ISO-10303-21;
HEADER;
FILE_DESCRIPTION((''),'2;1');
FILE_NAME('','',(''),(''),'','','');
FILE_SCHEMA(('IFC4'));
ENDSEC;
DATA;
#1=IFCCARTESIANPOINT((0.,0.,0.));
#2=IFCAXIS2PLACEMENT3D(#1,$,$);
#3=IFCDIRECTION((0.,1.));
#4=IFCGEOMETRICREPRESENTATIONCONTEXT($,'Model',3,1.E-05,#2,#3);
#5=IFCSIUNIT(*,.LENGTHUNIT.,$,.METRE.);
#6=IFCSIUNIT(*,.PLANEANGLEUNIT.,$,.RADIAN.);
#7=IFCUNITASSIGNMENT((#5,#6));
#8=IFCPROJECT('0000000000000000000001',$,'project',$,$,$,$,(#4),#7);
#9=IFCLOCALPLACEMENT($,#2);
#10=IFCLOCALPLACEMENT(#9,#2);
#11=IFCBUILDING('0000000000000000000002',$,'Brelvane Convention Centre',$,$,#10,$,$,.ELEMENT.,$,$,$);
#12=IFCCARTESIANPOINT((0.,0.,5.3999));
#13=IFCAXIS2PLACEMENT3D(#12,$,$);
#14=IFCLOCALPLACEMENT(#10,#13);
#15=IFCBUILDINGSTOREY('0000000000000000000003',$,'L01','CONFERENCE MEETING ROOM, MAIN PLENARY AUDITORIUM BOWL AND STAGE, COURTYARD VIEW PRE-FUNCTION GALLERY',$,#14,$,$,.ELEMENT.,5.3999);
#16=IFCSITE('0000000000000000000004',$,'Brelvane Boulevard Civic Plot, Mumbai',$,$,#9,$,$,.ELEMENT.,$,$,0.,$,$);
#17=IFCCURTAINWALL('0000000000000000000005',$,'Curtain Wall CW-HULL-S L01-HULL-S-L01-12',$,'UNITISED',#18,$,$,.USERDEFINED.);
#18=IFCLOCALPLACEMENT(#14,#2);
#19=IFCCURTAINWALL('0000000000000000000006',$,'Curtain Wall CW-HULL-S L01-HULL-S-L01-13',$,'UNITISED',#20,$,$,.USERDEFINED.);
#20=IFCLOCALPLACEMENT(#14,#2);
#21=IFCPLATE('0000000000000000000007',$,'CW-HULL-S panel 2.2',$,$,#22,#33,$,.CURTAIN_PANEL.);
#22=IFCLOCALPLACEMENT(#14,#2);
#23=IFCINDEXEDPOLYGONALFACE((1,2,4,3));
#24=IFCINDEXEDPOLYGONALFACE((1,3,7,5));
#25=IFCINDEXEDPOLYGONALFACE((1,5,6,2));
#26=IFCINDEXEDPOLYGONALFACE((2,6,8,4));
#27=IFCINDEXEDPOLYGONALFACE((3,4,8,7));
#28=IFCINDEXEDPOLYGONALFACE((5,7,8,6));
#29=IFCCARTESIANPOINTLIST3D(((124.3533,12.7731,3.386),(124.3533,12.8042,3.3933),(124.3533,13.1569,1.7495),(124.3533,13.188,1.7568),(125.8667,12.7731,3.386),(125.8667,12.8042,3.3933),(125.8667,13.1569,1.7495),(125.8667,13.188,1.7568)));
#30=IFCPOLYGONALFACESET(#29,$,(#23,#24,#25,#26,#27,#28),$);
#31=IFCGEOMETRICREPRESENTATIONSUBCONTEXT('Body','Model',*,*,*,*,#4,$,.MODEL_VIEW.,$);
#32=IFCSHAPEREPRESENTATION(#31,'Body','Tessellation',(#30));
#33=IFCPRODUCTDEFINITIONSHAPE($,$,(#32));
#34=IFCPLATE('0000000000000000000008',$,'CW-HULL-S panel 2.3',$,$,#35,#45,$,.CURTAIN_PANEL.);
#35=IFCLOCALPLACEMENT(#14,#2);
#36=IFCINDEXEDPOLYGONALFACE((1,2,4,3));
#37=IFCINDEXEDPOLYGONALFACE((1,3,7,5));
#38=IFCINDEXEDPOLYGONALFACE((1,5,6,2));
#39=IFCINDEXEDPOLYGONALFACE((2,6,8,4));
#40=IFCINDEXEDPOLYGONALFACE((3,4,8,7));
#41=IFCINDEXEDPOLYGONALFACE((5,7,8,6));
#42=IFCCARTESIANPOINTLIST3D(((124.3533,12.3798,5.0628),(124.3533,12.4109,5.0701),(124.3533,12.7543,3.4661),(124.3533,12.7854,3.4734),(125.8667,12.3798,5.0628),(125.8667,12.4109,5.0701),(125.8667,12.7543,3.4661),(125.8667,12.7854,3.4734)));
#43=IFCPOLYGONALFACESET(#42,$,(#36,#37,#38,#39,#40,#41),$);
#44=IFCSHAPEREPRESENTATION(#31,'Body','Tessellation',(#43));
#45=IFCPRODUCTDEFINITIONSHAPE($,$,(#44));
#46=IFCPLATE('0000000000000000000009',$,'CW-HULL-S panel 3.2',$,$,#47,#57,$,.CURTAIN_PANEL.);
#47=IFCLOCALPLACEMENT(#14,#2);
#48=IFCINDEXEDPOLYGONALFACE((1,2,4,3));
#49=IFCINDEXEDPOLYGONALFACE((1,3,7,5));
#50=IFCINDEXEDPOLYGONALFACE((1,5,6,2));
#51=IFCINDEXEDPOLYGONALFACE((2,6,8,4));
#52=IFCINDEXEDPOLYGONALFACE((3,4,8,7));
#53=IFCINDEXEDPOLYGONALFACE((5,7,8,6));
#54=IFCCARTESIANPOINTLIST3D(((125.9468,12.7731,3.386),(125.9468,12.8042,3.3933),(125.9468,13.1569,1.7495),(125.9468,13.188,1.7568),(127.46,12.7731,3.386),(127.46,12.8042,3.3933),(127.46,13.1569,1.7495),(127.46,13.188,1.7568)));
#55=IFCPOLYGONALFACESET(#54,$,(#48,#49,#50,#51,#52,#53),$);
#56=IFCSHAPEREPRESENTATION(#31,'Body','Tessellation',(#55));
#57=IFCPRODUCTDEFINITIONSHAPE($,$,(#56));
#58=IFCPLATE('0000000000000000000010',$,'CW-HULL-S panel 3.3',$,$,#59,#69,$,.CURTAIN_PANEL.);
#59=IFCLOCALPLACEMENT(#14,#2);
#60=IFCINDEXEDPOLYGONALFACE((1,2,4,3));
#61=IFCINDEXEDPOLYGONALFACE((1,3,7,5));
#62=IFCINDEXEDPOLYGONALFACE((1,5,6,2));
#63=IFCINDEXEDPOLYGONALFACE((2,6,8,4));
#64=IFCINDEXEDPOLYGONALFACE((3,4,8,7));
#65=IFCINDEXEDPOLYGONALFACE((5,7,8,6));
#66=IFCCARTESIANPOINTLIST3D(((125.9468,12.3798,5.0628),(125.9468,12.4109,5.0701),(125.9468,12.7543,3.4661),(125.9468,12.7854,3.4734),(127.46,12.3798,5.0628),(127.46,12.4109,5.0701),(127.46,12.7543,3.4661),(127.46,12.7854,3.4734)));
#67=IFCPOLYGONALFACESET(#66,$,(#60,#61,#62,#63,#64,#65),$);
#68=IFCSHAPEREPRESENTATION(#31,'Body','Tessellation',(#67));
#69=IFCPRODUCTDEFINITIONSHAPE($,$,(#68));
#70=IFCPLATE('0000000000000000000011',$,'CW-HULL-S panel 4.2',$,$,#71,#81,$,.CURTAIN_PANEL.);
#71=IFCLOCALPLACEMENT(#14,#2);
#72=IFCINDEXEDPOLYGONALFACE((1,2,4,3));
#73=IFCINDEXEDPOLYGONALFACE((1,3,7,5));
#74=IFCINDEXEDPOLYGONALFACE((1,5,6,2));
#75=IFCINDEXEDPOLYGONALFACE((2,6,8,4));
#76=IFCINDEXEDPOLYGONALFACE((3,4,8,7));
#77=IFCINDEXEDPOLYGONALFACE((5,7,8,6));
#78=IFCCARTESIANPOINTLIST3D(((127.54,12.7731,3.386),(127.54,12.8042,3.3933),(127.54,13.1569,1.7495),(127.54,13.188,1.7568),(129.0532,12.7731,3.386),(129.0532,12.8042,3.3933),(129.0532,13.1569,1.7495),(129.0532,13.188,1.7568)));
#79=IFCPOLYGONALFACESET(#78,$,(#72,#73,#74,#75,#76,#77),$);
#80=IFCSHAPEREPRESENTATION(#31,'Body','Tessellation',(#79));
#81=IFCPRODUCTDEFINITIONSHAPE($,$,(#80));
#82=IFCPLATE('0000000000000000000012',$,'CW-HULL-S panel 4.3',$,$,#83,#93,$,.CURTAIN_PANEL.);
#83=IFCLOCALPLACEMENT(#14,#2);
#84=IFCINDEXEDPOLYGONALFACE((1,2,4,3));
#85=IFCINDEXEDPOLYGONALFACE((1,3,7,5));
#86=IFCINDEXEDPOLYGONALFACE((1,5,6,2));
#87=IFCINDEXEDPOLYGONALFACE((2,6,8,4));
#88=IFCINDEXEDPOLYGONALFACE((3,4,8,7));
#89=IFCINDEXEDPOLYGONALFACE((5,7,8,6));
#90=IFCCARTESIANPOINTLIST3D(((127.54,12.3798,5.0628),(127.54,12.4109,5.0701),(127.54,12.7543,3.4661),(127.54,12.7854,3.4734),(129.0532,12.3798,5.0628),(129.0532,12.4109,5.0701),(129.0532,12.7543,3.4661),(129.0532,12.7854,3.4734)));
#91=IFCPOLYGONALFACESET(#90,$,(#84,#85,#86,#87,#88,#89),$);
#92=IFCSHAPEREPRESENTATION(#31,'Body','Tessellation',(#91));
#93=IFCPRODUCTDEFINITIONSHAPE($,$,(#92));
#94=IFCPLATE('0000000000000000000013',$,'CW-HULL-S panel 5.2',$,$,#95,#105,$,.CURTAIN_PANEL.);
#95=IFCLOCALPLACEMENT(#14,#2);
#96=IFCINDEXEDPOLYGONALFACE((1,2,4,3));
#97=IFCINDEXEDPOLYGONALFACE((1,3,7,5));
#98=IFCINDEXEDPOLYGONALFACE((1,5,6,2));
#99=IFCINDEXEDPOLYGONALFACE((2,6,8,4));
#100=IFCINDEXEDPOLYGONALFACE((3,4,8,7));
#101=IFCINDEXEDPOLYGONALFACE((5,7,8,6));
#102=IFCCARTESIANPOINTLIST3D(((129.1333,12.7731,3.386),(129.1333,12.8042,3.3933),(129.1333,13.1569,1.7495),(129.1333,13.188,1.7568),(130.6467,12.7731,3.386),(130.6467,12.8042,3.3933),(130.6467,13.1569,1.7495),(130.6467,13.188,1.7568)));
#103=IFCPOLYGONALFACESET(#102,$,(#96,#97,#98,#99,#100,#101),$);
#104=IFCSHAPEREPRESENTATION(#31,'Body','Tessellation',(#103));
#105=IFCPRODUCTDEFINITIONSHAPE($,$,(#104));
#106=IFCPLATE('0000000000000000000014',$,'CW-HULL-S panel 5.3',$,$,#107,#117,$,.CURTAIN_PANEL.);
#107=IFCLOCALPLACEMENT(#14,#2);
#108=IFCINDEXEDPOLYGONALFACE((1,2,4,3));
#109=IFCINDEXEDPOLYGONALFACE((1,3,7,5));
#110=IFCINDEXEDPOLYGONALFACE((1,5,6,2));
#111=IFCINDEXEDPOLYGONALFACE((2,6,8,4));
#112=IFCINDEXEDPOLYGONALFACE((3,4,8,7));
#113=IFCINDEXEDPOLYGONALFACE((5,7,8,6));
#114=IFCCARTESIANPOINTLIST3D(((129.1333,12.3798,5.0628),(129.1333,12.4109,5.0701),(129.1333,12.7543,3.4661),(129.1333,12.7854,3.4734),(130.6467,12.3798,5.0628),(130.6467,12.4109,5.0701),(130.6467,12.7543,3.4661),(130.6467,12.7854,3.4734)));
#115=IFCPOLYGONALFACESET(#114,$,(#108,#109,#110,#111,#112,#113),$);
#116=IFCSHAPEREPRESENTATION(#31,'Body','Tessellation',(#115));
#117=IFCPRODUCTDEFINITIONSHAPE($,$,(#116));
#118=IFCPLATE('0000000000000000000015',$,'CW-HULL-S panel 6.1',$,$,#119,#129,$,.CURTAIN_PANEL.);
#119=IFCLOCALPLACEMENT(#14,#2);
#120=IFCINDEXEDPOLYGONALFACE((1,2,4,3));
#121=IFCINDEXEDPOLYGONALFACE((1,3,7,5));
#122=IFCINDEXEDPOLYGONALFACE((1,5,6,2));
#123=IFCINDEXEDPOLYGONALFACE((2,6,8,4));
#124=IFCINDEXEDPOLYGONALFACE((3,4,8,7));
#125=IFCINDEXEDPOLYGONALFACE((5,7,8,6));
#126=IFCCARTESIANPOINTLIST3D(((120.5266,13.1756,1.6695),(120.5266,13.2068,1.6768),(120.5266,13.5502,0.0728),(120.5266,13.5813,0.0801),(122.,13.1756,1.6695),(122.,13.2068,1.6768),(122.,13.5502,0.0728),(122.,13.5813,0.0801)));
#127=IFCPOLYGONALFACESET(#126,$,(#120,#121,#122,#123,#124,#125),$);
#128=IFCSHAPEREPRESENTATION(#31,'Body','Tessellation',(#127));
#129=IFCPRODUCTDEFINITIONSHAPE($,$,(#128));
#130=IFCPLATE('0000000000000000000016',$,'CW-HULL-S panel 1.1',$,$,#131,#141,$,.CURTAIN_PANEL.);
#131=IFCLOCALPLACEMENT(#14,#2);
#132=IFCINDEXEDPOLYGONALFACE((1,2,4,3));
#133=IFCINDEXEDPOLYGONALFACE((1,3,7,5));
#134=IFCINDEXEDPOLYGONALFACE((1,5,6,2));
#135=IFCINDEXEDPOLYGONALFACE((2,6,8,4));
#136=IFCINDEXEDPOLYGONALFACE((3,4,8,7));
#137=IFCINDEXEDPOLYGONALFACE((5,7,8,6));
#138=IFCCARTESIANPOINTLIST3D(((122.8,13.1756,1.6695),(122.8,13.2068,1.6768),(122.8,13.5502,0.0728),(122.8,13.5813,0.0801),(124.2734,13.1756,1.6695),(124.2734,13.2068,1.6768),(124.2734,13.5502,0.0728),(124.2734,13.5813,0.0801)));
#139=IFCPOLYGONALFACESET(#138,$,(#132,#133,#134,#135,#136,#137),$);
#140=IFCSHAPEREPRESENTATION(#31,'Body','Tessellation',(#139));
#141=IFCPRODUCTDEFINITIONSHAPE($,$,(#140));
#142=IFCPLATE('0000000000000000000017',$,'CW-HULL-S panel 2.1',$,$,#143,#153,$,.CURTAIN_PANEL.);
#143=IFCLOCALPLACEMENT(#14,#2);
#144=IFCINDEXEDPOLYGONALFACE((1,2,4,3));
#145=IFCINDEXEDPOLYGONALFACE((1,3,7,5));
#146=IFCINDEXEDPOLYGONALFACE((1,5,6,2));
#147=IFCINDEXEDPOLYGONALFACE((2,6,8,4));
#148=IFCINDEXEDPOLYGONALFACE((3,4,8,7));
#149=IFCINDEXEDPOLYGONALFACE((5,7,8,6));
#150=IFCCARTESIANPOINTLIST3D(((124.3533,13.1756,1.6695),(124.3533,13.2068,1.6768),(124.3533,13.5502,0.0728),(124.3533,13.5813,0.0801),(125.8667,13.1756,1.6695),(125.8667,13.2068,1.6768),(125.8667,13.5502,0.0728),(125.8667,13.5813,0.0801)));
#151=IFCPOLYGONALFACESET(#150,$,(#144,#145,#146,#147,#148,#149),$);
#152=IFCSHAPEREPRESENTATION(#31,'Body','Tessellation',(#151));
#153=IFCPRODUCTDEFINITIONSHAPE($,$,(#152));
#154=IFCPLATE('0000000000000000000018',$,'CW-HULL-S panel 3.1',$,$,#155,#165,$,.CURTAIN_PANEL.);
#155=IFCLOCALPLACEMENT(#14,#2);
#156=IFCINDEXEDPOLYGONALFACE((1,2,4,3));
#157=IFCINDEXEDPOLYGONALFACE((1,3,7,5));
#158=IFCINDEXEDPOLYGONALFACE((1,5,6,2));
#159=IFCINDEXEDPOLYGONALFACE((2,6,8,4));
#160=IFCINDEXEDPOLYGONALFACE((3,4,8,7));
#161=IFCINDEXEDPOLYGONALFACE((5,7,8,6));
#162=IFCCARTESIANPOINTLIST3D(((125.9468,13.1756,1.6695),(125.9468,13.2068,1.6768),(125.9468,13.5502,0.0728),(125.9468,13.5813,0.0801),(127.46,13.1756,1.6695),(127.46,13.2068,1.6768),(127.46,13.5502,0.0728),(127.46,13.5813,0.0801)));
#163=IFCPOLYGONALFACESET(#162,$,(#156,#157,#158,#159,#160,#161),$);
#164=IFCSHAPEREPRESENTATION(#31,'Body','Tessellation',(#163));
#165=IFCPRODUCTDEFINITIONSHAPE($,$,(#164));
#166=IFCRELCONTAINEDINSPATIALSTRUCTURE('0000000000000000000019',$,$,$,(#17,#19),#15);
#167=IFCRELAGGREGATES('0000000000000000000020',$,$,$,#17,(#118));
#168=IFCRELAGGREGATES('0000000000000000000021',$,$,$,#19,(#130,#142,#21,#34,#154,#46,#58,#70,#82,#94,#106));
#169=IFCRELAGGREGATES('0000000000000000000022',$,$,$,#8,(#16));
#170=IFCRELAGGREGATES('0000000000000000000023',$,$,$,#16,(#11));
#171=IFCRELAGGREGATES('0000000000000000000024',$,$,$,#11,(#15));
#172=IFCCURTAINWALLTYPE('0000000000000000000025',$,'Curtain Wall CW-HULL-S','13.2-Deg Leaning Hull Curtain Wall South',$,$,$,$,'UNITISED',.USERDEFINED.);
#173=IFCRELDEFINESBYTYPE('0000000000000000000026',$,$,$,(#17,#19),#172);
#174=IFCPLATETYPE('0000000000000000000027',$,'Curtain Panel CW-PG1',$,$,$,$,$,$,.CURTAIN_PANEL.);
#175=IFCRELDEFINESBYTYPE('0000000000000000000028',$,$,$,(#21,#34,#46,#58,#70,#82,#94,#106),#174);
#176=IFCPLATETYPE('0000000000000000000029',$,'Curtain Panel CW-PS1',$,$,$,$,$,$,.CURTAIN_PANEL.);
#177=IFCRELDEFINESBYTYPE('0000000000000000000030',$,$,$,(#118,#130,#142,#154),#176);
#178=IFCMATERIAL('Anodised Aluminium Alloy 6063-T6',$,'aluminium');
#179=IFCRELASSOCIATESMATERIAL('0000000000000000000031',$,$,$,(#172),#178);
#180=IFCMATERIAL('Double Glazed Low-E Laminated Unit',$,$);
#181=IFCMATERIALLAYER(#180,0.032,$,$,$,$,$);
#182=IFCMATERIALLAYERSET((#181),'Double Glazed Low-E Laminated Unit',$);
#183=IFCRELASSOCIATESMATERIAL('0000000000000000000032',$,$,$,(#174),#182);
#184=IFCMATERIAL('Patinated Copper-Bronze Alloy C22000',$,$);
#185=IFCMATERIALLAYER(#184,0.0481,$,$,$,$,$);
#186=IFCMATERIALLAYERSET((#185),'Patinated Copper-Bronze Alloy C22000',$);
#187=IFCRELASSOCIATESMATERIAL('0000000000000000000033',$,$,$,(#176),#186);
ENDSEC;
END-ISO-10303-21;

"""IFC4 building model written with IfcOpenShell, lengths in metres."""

from ifc_helpers import new_model, si_unit, direction, frame, origin, place, context, subcontext, project, spatial, polyline, outline, extrude, material, layer, layer_set, type_object, element, aggregate, save


model = new_model("IFC4")

# Units and contexts
model_context = context("Model", 3, precision=1e-05, world=origin(), true_north=direction((0.0, 1.0)))
body_context = subcontext(model_context, "Body", "Model", "MODEL_VIEW")
ifc_project = project(units=[si_unit("LENGTHUNIT", "METRE"), si_unit("PLANEANGLEUNIT", "RADIAN")], contexts=[model_context])

# Site, building, storey
site_placement = place(None, origin())
site = spatial("IfcSite", under=ifc_project, at=site_placement, Name="Brelvane Boulevard Civic Plot, Mumbai", CompositionType="ELEMENT", RefElevation=0.0)
building_placement = place(site_placement, origin())
building = spatial("IfcBuilding", under=site, at=building_placement, Name="Brelvane Convention Centre", CompositionType="ELEMENT")
storey_placement = place(building_placement, frame((0.0, 0.0, 5.3999)))
storey = spatial("IfcBuildingStorey", under=building, at=storey_placement, Name="L01", Description="CONFERENCE MEETING ROOM, MAIN PLENARY AUDITORIUM BOWL AND STAGE, COURTYARD VIEW PRE-FUNCTION GALLERY", CompositionType="ELEMENT", Elevation=5.3999)

# Curtain walls
ifc_material_1 = material(Name="Anodised Aluminium Alloy 6063-T6", Category="aluminium")
curtain_wall_type = type_object("IfcCurtainWallType", Name="Curtain Wall CW-HULL-S", Description="13.2-Deg Leaning Hull Curtain Wall South", ElementType="UNITISED", PredefinedType="USERDEFINED", material=ifc_material_1)
curtain_wall_1_placement = place(storey_placement, origin())
curtain_wall_1 = element("IfcCurtainWall", 1, at=curtain_wall_1_placement, inside=storey, type_object=curtain_wall_type, Name="Curtain Wall CW-HULL-S L01-HULL-S-L01-12", ObjectType="UNITISED", PredefinedType="USERDEFINED")
curtain_wall_2_placement = place(storey_placement, origin())
curtain_wall_2 = element("IfcCurtainWall", 2, at=curtain_wall_2_placement, inside=storey, type_object=curtain_wall_type, Name="Curtain Wall CW-HULL-S L01-HULL-S-L01-13", ObjectType="UNITISED", PredefinedType="USERDEFINED")

# Plates
ifc_material_2 = material(Name="Double Glazed Low-E Laminated Unit")
ifc_layer_1 = layer(ifc_material_2, 0.032)
ifc_layer_set_1 = layer_set([ifc_layer_1], Name="Double Glazed Low-E Laminated Unit")
plate_type_1 = type_object("IfcPlateType", Name="Curtain Panel CW-PG1", PredefinedType="CURTAIN_PANEL", material=ifc_layer_set_1)
plate_1_placement = place(storey_placement, frame((124.3533, 13.188, 1.7568), z_axis=(0.0, 0.973585, 0.228327), x_axis=(1.0, 0.0, 0.0)))
plate_1 = element("IfcPlate", 3, at=plate_1_placement, type_object=plate_type_1, Name="CW-HULL-S panel 2.2", PredefinedType="CURTAIN_PANEL", context=body_context, shape_type="SweptSolid", body=[
    extrude(outline(polyline([(0.0, 0.0), (1.5134, 0.0), (1.5134, -1.6809), (0.0, -1.6809), (0.0, 0.0)])), origin(), (0.0, 0.0, -1.0), 0.032),
])
plate_2_placement = place(storey_placement, frame((124.3533, 12.7854, 3.4734), z_axis=(0.0, 0.973577, 0.228359), x_axis=(1.0, 0.0, 0.0)))
plate_2 = element("IfcPlate", 4, at=plate_2_placement, type_object=plate_type_1, Name="CW-HULL-S panel 2.3", PredefinedType="CURTAIN_PANEL", context=body_context, shape_type="SweptSolid", body=[
    extrude(outline(polyline([(0.0, 0.0), (1.5134, 0.0), (1.5134, -1.64), (0.0, -1.64), (0.0, 0.0)])), origin(), (0.0, 0.0, -1.0), 0.032),
])
plate_3_placement = place(storey_placement, frame((125.9468, 13.188, 1.7568), z_axis=(0.0, 0.973585, 0.228327), x_axis=(1.0, 0.0, 0.0)))
plate_3 = element("IfcPlate", 5, at=plate_3_placement, type_object=plate_type_1, Name="CW-HULL-S panel 3.2", PredefinedType="CURTAIN_PANEL", context=body_context, shape_type="SweptSolid", body=[
    extrude(outline(polyline([(0.0, 0.0), (1.5132, 0.0), (1.5132, -1.6809), (0.0, -1.6809), (0.0, 0.0)])), origin(), (0.0, 0.0, -1.0), 0.032),
])
plate_4_placement = place(storey_placement, frame((125.9468, 12.7854, 3.4734), z_axis=(0.0, 0.973577, 0.228359), x_axis=(1.0, 0.0, 0.0)))
plate_4 = element("IfcPlate", 6, at=plate_4_placement, type_object=plate_type_1, Name="CW-HULL-S panel 3.3", PredefinedType="CURTAIN_PANEL", context=body_context, shape_type="SweptSolid", body=[
    extrude(outline(polyline([(0.0, 0.0), (1.5132, 0.0), (1.5132, -1.64), (0.0, -1.64), (0.0, 0.0)])), origin(), (0.0, 0.0, -1.0), 0.032),
])
plate_5_placement = place(storey_placement, frame((127.54, 13.188, 1.7568), z_axis=(0.0, 0.973585, 0.228327), x_axis=(1.0, 0.0, 0.0)))
plate_5 = element("IfcPlate", 7, at=plate_5_placement, type_object=plate_type_1, Name="CW-HULL-S panel 4.2", PredefinedType="CURTAIN_PANEL", context=body_context, shape_type="SweptSolid", body=[
    extrude(outline(polyline([(0.0, 0.0), (1.5132, 0.0), (1.5132, -1.6809), (0.0, -1.6809), (0.0, 0.0)])), origin(), (0.0, 0.0, -1.0), 0.032),
])
plate_6_placement = place(storey_placement, frame((127.54, 12.7854, 3.4734), z_axis=(0.0, 0.973577, 0.228359), x_axis=(1.0, 0.0, 0.0)))
plate_6 = element("IfcPlate", 8, at=plate_6_placement, type_object=plate_type_1, Name="CW-HULL-S panel 4.3", PredefinedType="CURTAIN_PANEL", context=body_context, shape_type="SweptSolid", body=[
    extrude(outline(polyline([(0.0, 0.0), (1.5132, 0.0), (1.5132, -1.64), (0.0, -1.64), (0.0, 0.0)])), origin(), (0.0, 0.0, -1.0), 0.032),
])
plate_7_placement = place(storey_placement, frame((129.1333, 13.188, 1.7568), z_axis=(0.0, 0.973585, 0.228327), x_axis=(1.0, 0.0, 0.0)))
plate_7 = element("IfcPlate", 9, at=plate_7_placement, type_object=plate_type_1, Name="CW-HULL-S panel 5.2", PredefinedType="CURTAIN_PANEL", context=body_context, shape_type="SweptSolid", body=[
    extrude(outline(polyline([(0.0, 0.0), (1.5134, 0.0), (1.5134, -1.6809), (0.0, -1.6809), (0.0, 0.0)])), origin(), (0.0, 0.0, -1.0), 0.032),
])
plate_8_placement = place(storey_placement, frame((129.1333, 12.7854, 3.4734), z_axis=(0.0, 0.973577, 0.228359), x_axis=(1.0, 0.0, 0.0)))
plate_8 = element("IfcPlate", 10, at=plate_8_placement, type_object=plate_type_1, Name="CW-HULL-S panel 5.3", PredefinedType="CURTAIN_PANEL", context=body_context, shape_type="SweptSolid", body=[
    extrude(outline(polyline([(0.0, 0.0), (1.5134, 0.0), (1.5134, -1.64), (0.0, -1.64), (0.0, 0.0)])), origin(), (0.0, 0.0, -1.0), 0.032),
])
ifc_material_3 = material(Name="Patinated Copper-Bronze Alloy C22000")
ifc_layer_2 = layer(ifc_material_3, 0.0481)
ifc_layer_set_2 = layer_set([ifc_layer_2], Name="Patinated Copper-Bronze Alloy C22000")
plate_type_2 = type_object("IfcPlateType", Name="Curtain Panel CW-PS1", PredefinedType="CURTAIN_PANEL", material=ifc_layer_set_2)
plate_9_placement = place(storey_placement, frame((120.5266, 13.5813, 0.0801), z_axis=(0.0, 0.973577, 0.228359), x_axis=(1.0, 0.0, 0.0)))
plate_9 = element("IfcPlate", 11, at=plate_9_placement, type_object=plate_type_2, Name="CW-HULL-S panel 6.1", PredefinedType="CURTAIN_PANEL", context=body_context, shape_type="SweptSolid", body=[
    extrude(outline(polyline([(0.0, 0.0), (1.4734, 0.0), (1.4734, -1.64), (0.0, -1.64), (0.0, 0.0)])), origin(), (0.0, 0.0, -1.0), 0.032),
])
aggregate(curtain_wall_1, [plate_9])
plate_10_placement = place(storey_placement, frame((122.8, 13.5813, 0.0801), z_axis=(0.0, 0.973577, 0.228359), x_axis=(1.0, 0.0, 0.0)))
plate_10 = element("IfcPlate", 12, at=plate_10_placement, type_object=plate_type_2, Name="CW-HULL-S panel 1.1", PredefinedType="CURTAIN_PANEL", context=body_context, shape_type="SweptSolid", body=[
    extrude(outline(polyline([(0.0, 0.0), (1.4734, 0.0), (1.4734, -1.64), (0.0, -1.64), (0.0, 0.0)])), origin(), (0.0, 0.0, -1.0), 0.032),
])
plate_11_placement = place(storey_placement, frame((124.3533, 13.5813, 0.0801), z_axis=(0.0, 0.973577, 0.228359), x_axis=(1.0, 0.0, 0.0)))
plate_11 = element("IfcPlate", 13, at=plate_11_placement, type_object=plate_type_2, Name="CW-HULL-S panel 2.1", PredefinedType="CURTAIN_PANEL", context=body_context, shape_type="SweptSolid", body=[
    extrude(outline(polyline([(0.0, 0.0), (1.5134, 0.0), (1.5134, -1.64), (0.0, -1.64), (0.0, 0.0)])), origin(), (0.0, 0.0, -1.0), 0.032),
])
plate_12_placement = place(storey_placement, frame((125.9468, 13.5813, 0.0801), z_axis=(0.0, 0.973577, 0.228359), x_axis=(1.0, 0.0, 0.0)))
plate_12 = element("IfcPlate", 14, at=plate_12_placement, type_object=plate_type_2, Name="CW-HULL-S panel 3.1", PredefinedType="CURTAIN_PANEL", context=body_context, shape_type="SweptSolid", body=[
    extrude(outline(polyline([(0.0, 0.0), (1.5132, 0.0), (1.5132, -1.64), (0.0, -1.64), (0.0, 0.0)])), origin(), (0.0, 0.0, -1.0), 0.032),
])
aggregate(curtain_wall_2, [plate_10, plate_11, plate_1, plate_2, plate_12, plate_3, plate_4, plate_5, plate_6, plate_7, plate_8])

save(model, "model.ifc")
